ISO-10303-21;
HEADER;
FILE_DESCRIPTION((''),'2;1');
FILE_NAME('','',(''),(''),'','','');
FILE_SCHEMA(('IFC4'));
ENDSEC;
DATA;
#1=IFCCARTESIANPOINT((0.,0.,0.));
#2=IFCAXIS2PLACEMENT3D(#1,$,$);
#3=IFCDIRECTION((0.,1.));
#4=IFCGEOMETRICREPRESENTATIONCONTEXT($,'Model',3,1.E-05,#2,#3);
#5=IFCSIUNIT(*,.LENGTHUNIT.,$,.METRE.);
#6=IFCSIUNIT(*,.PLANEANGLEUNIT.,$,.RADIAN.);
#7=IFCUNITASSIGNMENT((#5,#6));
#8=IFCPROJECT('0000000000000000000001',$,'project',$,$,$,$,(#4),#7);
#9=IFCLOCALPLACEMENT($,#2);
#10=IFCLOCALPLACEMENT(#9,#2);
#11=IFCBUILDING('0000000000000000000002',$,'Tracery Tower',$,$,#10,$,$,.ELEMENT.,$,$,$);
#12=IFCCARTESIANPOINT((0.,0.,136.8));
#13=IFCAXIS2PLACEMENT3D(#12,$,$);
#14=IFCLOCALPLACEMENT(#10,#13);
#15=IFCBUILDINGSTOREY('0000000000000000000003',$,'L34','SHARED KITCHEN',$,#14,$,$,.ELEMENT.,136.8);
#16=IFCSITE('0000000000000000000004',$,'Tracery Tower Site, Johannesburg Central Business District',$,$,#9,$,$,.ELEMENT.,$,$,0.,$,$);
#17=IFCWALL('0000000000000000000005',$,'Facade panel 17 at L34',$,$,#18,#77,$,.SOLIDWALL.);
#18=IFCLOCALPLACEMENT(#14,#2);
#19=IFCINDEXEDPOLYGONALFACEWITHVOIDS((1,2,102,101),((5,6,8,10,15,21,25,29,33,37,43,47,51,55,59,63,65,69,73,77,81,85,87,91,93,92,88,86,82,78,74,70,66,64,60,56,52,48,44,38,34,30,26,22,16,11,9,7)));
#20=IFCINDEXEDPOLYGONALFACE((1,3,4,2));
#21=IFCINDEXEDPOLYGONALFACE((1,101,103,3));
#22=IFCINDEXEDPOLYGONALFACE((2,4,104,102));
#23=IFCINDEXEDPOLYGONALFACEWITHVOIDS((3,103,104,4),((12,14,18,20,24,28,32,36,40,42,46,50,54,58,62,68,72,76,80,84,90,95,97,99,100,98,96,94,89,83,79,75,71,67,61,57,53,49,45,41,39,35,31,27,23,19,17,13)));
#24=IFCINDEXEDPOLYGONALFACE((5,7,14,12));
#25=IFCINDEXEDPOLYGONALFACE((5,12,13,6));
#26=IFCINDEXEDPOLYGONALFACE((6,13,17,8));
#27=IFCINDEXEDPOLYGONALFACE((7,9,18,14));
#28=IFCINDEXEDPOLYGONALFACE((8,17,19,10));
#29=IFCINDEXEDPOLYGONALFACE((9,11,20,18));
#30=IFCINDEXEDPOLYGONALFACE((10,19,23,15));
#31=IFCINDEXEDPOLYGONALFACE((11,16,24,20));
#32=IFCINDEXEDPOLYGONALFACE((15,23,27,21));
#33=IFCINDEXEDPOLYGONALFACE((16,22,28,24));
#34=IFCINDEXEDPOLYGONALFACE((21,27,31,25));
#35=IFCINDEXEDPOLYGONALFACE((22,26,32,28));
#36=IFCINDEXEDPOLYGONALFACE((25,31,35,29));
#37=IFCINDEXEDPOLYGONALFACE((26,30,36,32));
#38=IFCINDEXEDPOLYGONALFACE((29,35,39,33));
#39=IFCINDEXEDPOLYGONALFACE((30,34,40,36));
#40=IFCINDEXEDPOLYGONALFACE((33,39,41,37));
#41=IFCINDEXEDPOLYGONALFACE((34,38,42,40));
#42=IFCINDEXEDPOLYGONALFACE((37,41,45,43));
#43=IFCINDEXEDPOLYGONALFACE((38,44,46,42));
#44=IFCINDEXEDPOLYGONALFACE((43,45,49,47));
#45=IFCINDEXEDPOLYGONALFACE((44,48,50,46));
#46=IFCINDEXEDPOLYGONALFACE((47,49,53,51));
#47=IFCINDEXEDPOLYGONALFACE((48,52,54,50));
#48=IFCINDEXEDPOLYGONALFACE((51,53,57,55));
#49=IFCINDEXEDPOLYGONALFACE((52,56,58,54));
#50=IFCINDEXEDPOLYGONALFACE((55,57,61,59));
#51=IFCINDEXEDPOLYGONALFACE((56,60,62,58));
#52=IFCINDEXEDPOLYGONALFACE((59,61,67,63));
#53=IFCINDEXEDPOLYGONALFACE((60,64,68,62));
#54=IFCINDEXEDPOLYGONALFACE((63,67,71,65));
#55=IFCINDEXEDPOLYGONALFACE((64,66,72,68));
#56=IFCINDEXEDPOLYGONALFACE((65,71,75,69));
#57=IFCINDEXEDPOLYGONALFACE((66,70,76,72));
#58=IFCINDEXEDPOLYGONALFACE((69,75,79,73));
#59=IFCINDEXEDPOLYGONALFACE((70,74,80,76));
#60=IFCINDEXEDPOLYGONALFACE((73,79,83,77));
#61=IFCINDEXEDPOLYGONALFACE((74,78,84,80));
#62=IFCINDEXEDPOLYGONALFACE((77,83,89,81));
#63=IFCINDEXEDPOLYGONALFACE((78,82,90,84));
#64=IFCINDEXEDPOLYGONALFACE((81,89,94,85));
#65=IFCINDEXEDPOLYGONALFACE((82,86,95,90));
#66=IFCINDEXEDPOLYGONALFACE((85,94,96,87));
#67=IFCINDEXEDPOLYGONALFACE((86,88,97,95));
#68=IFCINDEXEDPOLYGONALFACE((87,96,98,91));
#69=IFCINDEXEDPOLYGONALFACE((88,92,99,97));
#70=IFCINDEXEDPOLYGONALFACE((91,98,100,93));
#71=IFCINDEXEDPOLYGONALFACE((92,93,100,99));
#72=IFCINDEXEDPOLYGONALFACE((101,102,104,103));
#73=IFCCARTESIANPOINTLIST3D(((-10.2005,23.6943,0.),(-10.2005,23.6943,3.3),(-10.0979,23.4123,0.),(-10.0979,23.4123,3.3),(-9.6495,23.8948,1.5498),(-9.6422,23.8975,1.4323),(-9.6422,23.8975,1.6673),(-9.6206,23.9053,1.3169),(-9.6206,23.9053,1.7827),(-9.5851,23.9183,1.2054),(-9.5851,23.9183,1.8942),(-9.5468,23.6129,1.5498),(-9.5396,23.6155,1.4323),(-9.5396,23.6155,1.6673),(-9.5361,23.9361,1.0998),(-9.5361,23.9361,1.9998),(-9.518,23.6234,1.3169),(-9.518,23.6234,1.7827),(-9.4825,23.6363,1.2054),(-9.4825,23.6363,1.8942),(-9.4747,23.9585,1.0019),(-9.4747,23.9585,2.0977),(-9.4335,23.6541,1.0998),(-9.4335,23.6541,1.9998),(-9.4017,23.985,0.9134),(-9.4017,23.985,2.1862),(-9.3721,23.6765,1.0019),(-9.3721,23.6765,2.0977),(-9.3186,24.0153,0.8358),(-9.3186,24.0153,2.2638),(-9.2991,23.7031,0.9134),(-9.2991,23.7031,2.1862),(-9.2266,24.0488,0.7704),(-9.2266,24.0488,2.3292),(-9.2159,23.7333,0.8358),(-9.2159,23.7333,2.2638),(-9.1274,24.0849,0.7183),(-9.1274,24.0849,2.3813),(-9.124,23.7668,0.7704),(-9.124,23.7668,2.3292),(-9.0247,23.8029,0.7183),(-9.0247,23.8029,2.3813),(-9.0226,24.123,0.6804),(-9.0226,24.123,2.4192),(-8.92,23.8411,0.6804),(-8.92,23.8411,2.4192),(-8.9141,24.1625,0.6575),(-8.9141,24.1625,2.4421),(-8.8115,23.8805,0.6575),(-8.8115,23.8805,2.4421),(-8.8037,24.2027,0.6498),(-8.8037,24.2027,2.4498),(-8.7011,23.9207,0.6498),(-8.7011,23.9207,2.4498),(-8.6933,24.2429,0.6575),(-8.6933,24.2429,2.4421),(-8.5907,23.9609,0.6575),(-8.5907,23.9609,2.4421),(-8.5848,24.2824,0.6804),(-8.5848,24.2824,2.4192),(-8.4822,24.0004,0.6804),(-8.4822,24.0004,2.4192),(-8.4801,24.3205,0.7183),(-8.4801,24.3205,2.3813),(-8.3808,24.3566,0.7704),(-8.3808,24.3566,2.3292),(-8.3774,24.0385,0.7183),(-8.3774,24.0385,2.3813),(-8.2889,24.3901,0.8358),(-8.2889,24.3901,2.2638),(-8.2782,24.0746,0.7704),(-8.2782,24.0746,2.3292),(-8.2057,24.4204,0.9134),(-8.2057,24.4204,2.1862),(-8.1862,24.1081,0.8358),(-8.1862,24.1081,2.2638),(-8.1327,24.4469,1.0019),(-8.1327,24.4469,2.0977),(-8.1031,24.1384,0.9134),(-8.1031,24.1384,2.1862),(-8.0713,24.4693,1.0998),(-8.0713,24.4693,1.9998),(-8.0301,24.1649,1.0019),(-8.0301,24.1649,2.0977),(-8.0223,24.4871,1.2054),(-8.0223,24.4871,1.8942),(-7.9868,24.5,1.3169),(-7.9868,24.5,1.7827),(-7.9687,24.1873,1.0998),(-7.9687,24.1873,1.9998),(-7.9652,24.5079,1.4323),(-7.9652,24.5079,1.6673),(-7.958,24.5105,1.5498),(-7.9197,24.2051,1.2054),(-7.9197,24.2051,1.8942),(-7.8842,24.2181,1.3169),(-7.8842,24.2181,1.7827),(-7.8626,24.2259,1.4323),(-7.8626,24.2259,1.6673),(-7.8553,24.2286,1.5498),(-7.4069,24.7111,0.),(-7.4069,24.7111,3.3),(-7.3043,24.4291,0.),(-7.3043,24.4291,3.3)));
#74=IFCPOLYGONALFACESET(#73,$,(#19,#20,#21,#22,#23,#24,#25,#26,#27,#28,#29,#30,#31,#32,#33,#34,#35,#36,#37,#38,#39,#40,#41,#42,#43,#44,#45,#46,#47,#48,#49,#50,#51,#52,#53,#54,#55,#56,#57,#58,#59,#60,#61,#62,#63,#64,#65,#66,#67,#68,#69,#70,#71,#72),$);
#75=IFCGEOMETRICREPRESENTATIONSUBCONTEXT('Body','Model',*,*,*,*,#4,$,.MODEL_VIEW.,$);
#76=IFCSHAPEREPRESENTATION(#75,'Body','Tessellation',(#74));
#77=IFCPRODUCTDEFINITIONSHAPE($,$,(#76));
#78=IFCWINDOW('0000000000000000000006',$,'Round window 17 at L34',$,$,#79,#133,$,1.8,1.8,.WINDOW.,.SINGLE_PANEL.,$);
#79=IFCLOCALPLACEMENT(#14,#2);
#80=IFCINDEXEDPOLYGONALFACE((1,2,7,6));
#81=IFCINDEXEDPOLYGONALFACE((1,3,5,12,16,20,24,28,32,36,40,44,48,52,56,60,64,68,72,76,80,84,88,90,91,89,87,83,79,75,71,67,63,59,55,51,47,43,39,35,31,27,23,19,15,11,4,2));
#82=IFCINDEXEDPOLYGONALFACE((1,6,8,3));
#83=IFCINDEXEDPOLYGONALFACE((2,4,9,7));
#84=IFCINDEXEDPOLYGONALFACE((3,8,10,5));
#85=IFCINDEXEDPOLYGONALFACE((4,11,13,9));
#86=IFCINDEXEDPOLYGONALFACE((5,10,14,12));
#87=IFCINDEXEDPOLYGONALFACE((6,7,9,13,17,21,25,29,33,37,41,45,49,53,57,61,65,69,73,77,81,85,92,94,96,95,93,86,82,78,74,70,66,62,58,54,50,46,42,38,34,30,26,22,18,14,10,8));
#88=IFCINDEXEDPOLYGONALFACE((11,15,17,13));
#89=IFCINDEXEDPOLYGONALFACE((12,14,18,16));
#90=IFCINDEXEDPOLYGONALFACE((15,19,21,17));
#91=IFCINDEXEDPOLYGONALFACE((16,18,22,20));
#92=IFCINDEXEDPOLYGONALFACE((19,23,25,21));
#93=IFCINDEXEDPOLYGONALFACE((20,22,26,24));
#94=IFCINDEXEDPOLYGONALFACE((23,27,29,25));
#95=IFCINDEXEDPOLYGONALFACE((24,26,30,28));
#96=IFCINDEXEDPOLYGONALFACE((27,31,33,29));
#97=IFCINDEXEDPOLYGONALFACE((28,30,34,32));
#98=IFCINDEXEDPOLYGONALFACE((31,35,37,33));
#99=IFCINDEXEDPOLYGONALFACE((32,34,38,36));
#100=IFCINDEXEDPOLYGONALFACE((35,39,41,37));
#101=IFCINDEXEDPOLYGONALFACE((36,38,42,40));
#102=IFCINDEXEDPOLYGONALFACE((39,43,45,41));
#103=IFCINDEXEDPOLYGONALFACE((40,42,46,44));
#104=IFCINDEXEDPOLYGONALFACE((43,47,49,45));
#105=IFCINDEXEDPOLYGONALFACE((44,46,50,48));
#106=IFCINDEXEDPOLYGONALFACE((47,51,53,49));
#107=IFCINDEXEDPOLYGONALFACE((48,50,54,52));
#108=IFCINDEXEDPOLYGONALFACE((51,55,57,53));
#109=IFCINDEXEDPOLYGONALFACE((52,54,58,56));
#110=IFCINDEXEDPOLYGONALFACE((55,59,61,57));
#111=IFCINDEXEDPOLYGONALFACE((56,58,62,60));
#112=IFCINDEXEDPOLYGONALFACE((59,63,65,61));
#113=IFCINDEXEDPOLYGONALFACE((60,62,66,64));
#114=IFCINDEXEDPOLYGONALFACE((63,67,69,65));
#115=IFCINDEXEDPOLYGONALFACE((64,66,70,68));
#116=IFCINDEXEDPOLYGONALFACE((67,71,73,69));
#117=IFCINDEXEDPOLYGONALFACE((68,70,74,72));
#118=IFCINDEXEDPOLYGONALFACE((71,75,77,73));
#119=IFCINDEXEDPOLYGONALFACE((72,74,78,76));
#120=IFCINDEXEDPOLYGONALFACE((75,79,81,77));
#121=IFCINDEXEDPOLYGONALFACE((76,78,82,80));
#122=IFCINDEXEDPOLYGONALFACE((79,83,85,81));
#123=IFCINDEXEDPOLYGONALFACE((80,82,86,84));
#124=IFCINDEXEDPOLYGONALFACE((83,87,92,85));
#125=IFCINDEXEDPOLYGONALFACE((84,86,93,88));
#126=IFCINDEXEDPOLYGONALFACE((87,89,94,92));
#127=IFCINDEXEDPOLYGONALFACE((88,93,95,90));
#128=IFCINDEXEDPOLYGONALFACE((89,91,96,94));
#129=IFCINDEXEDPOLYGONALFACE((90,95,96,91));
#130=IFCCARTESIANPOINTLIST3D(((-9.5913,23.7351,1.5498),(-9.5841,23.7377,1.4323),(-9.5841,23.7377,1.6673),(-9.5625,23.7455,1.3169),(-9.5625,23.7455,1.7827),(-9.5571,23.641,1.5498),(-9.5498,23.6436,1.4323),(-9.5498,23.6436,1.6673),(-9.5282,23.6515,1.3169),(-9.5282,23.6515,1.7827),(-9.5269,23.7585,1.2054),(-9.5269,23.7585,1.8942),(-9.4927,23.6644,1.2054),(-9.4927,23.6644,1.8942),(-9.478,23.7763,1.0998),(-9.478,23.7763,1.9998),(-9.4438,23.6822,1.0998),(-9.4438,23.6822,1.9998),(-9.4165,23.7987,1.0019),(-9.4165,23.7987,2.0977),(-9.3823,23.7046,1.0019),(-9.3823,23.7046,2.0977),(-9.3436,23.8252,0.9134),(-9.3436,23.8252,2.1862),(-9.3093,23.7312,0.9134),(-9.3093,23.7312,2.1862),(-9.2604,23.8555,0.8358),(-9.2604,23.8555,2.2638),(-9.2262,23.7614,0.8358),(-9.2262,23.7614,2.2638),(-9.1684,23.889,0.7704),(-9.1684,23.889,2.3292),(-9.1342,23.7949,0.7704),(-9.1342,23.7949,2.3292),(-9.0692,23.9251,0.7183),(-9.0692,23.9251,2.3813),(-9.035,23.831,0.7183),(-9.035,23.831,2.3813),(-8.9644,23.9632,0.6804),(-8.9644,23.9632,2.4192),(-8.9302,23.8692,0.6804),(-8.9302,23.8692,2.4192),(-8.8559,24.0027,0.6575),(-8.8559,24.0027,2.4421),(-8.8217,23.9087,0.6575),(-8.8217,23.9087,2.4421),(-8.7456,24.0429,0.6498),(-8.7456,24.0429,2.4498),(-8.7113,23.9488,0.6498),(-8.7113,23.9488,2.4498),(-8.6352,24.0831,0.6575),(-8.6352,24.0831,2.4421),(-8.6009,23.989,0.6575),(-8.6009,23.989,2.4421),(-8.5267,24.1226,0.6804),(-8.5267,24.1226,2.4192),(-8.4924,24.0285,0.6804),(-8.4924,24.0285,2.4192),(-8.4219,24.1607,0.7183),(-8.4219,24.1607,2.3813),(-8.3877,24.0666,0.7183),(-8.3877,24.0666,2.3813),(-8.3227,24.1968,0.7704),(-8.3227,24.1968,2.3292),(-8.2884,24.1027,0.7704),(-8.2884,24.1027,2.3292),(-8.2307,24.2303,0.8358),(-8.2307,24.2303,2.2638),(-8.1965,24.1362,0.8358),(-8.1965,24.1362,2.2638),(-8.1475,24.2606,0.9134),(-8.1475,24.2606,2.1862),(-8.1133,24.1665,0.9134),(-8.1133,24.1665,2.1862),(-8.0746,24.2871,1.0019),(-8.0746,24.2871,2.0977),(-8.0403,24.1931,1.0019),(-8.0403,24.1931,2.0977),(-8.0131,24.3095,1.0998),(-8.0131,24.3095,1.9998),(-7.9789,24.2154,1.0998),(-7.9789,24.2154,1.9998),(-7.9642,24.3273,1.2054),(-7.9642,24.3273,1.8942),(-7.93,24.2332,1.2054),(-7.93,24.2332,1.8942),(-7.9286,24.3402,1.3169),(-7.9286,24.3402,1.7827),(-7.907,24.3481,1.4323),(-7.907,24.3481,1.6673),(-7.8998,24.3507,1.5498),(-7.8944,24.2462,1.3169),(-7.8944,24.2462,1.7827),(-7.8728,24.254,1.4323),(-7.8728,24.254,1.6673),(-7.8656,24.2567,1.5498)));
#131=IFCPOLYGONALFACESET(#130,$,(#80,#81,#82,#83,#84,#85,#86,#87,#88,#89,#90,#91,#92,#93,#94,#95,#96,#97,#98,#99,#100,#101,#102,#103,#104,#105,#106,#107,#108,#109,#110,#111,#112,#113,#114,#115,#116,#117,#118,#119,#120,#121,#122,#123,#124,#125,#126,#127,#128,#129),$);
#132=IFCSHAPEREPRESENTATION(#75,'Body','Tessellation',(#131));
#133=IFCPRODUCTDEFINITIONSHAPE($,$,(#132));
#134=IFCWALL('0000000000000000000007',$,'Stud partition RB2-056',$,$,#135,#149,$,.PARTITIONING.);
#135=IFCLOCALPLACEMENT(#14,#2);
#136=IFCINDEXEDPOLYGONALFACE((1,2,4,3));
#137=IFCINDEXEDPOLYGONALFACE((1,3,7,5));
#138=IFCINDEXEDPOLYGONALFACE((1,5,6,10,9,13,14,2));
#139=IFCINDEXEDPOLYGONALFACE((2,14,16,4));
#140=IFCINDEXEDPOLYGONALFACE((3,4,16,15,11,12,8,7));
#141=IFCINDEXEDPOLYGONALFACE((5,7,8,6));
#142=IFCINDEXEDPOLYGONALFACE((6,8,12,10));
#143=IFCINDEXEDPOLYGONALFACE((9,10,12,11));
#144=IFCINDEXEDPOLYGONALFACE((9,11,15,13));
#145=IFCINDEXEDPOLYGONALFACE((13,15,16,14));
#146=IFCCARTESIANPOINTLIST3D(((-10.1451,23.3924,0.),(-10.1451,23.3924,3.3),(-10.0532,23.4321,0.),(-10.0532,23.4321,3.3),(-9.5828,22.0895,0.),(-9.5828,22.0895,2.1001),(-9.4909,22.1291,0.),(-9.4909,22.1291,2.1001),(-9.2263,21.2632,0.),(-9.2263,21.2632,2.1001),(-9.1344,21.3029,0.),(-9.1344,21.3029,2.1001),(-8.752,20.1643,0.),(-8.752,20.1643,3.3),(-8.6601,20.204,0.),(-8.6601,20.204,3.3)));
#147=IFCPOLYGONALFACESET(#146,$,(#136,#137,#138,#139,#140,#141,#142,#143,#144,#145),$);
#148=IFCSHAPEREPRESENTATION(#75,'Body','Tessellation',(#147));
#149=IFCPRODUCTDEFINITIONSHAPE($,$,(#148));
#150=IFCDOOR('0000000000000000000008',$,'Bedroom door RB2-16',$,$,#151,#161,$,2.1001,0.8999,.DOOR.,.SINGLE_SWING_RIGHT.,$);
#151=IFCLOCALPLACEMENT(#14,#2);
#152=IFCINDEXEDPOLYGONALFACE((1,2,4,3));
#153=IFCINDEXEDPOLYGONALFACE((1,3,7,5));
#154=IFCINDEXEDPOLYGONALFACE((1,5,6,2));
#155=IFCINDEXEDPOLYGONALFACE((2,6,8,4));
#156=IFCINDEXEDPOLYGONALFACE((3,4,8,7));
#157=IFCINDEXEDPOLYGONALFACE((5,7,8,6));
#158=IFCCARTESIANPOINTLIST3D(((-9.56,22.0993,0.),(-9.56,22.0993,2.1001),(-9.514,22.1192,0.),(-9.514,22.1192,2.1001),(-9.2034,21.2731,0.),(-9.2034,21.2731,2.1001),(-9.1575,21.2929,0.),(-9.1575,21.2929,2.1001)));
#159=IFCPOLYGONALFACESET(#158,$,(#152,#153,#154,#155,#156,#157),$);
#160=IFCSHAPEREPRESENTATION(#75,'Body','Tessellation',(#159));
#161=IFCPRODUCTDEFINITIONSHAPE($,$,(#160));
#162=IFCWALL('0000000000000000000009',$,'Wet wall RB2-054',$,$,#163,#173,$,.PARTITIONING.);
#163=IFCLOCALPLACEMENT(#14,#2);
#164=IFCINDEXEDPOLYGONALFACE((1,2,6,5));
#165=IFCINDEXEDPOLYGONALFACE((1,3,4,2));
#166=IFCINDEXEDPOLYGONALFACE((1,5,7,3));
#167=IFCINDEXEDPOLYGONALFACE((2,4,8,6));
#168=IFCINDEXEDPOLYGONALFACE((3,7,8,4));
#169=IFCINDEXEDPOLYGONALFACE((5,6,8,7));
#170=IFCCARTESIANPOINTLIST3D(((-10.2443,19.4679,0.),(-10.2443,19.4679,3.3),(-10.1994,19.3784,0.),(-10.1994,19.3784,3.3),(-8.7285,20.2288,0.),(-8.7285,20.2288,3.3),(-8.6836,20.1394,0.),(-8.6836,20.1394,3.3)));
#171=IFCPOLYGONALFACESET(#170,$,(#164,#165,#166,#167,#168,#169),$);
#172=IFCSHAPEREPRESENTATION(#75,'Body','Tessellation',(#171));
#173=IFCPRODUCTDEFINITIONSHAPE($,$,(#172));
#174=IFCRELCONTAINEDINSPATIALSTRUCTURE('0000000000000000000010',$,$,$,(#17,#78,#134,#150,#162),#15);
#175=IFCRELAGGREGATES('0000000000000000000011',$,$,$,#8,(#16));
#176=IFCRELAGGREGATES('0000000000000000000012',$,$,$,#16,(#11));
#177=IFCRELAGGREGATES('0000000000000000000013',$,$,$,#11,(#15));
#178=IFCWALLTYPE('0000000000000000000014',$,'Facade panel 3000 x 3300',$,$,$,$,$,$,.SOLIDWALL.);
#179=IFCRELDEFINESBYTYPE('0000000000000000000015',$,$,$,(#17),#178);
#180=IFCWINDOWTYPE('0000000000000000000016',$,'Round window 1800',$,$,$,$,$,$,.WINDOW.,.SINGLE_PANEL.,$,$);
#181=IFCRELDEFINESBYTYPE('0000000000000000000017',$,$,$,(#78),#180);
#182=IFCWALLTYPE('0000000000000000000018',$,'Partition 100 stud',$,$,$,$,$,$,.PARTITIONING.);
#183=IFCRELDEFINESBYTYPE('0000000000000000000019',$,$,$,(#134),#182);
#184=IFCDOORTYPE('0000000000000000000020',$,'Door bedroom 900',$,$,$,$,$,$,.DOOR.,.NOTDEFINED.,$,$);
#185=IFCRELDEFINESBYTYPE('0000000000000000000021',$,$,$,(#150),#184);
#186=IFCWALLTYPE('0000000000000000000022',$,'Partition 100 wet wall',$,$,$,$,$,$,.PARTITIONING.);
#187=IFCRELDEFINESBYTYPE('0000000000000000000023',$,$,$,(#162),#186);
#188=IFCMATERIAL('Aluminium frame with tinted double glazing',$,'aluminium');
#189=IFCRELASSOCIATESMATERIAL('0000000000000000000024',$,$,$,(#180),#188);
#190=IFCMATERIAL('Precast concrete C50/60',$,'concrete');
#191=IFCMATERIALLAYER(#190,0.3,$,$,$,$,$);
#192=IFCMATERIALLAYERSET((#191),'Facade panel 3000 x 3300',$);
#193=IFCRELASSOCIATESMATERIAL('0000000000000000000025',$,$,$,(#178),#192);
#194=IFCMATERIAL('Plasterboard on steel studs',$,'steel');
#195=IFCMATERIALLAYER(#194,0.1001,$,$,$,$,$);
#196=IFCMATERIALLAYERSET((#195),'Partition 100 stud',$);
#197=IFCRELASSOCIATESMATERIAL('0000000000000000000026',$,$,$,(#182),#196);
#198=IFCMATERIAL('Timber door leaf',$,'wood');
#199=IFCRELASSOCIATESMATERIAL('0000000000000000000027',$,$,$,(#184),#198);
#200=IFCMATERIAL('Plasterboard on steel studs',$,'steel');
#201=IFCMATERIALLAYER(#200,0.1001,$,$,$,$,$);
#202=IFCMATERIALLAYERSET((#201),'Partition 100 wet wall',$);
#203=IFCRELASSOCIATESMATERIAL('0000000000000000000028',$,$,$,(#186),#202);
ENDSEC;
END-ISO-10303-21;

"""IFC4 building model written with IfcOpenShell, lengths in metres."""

from ifc_helpers import new_model, si_unit, direction, frame, frame_2d, origin, origin_2d, place, context, subcontext, project, spatial, rectangle, circle, extrude, material, layer, layer_set, type_object, element, fill, save


model = new_model("IFC4")

# Units and contexts
model_context = context("Model", 3, precision=1e-05, world=origin(), true_north=direction((0.0, 1.0)))
body_context = subcontext(model_context, "Body", "Model", "MODEL_VIEW")
ifc_project = project(units=[si_unit("LENGTHUNIT", "METRE"), si_unit("PLANEANGLEUNIT", "RADIAN")], contexts=[model_context])

# Site, building, storey
site_placement = place(None, origin())
site = spatial("IfcSite", under=ifc_project, at=site_placement, Name="Tracery Tower Site, Johannesburg Central Business District", CompositionType="ELEMENT", RefElevation=0.0)
building_placement = place(site_placement, origin())
building = spatial("IfcBuilding", under=site, at=building_placement, Name="Tracery Tower", CompositionType="ELEMENT")
storey_placement = place(building_placement, frame((0.0, 0.0, 136.8)))
storey = spatial("IfcBuildingStorey", under=building, at=storey_placement, Name="L34", Description="SHARED KITCHEN", CompositionType="ELEMENT", Elevation=136.8)

# Wall, opening, window
ifc_material_1 = material(Name="Aluminium frame with tinted double glazing", Category="aluminium")
window_type = type_object("IfcWindowType", Name="Round window 1800", PartitioningType="SINGLE_PANEL", PredefinedType="WINDOW", material=ifc_material_1)
ifc_material_2 = material(Name="Precast concrete C50/60", Category="concrete")
ifc_layer_1 = layer(ifc_material_2, 0.3)
ifc_layer_set_1 = layer_set([ifc_layer_1], Name="Facade panel 3000 x 3300")
wall_type_1 = type_object("IfcWallType", Name="Facade panel 3000 x 3300", PredefinedType="SOLIDWALL", material=ifc_layer_set_1)
wall_1_placement = place(storey_placement, frame((-7.3557, 24.5701, 0.0), z_axis=(0.0, 0.0, 1.0), x_axis=(-0.93969, -0.342027, 0.0)))
wall_1 = element("IfcWall", 1, at=wall_1_placement, inside=storey, type_object=wall_type_1, Name="Facade panel 17 at L34", PredefinedType="SOLIDWALL", context=body_context, shape_type="SweptSolid", body=[
    extrude(rectangle(XDim=2.9729, YDim=0.3, at=frame_2d((1.4863, 0.0))), origin(), (0.0, 0.0, 1.0), 3.3),
])
opening_1_placement = place(wall_1_placement, frame((1.4863, 0.0, 1.5498)))
opening_1 = element("IfcOpeningElement", 2, at=opening_1_placement, cuts=wall_1, PredefinedType="OPENING", context=body_context, shape_type="SweptSolid", body=[
    extrude(circle(Radius=0.9, at=origin_2d()), frame((0.0, 0.1599, 0.0), z_axis=(0.0, -1.0, 0.0), x_axis=(1.0, 0.0, 0.0)), (0.0, 0.0, 1.0), 0.3201),
])
window_1_placement = place(opening_1_placement, origin())
window_1 = element("IfcWindow", 3, at=window_1_placement, inside=storey, type_object=window_type, Name="Round window 17 at L34", OverallHeight=1.8, OverallWidth=1.8, PartitioningType="SINGLE_PANEL", PredefinedType="WINDOW", context=body_context, shape_type="SweptSolid", body=[
    extrude(circle(Radius=0.9, at=origin_2d()), frame((0.0, 0.1201, 0.0), z_axis=(0.0, -1.0, 0.0), x_axis=(1.0, 0.0, 0.0)), (0.0, 0.0, 1.0), 0.1001),
])
fill(opening_1, window_1)

# Wall, opening, door
ifc_material_3 = material(Name="Plasterboard on steel studs", Category="steel")
ifc_layer_2 = layer(ifc_material_3, 0.1001)
ifc_layer_set_2 = layer_set([ifc_layer_2], Name="Partition 100 stud")
wall_type_2 = type_object("IfcWallType", Name="Partition 100 stud", PredefinedType="PARTITIONING", material=ifc_layer_set_2)
wall_2_placement = place(storey_placement, frame((-10.0991, 23.4121, 0.0), z_axis=(0.0, 0.0, 1.0), x_axis=(0.396231, -0.918151, 0.0)))
wall_2 = element("IfcWall", 4, at=wall_2_placement, inside=storey, type_object=wall_type_2, Name="Stud partition RB2-056", PredefinedType="PARTITIONING", context=body_context, shape_type="SweptSolid", body=[
    extrude(rectangle(XDim=3.5159, YDim=0.1001, at=frame_2d((1.7578, 0.0))), origin(), (0.0, 0.0, 1.0), 3.3),
])
opening_2_placement = place(wall_2_placement, frame((1.4189, 0.0, 0.0)))
opening_2 = element("IfcOpeningElement", 5, at=opening_2_placement, cuts=wall_2, PredefinedType="OPENING", context=body_context, shape_type="SweptSolid", body=[
    extrude(rectangle(XDim=0.8999, YDim=2.1001, at=frame_2d((0.45, 1.05))), frame((0.0, 0.05, 0.0), z_axis=(0.0, -1.0, 0.0), x_axis=(1.0, 0.0, 0.0)), (0.0, 0.0, 1.0), 0.1001),
])
ifc_material_4 = material(Name="Timber door leaf", Category="wood")
door_type_1 = type_object("IfcDoorType", Name="Door bedroom 900", OperationType="NOTDEFINED", PredefinedType="DOOR", material=ifc_material_4)
door_1_placement = place(opening_2_placement, origin())
door_1 = element("IfcDoor", 6, at=door_1_placement, inside=storey, type_object=door_type_1, Name="Bedroom door RB2-16", OperationType="SINGLE_SWING_RIGHT", OverallHeight=2.1001, OverallWidth=0.8999, PredefinedType="DOOR", context=body_context, shape_type="SweptSolid", body=[
    extrude(rectangle(XDim=0.8999, YDim=2.1001, at=frame_2d((0.45, 1.05))), frame((0.0, 0.0249, 0.0), z_axis=(0.0, -1.0, 0.0), x_axis=(1.0, 0.0, 0.0)), (0.0, 0.0, 1.0), 0.05),
])
fill(opening_2, door_1)

# Wall
ifc_material_5 = material(Name="Plasterboard on steel studs", Category="steel")
ifc_layer_3 = layer(ifc_material_5, 0.1001)
ifc_layer_set_3 = layer_set([ifc_layer_3], Name="Partition 100 wet wall")
wall_type_3 = type_object("IfcWallType", Name="Partition 100 wet wall", PredefinedType="PARTITIONING", material=ifc_layer_set_3)
wall_3_placement = place(storey_placement, frame((-10.2219, 19.4231, 0.0), z_axis=(0.0, 0.0, 1.0), x_axis=(0.893706, 0.448652, 0.0)))
element("IfcWall", 7, at=wall_3_placement, inside=storey, type_object=wall_type_3, Name="Wet wall RB2-054", PredefinedType="PARTITIONING", context=body_context, shape_type="SweptSolid", body=[
    extrude(rectangle(XDim=1.696, YDim=0.1001, at=frame_2d((0.8481, 0.0))), origin(), (0.0, 0.0, 1.0), 3.3),
])

save(model, "model.ifc")
